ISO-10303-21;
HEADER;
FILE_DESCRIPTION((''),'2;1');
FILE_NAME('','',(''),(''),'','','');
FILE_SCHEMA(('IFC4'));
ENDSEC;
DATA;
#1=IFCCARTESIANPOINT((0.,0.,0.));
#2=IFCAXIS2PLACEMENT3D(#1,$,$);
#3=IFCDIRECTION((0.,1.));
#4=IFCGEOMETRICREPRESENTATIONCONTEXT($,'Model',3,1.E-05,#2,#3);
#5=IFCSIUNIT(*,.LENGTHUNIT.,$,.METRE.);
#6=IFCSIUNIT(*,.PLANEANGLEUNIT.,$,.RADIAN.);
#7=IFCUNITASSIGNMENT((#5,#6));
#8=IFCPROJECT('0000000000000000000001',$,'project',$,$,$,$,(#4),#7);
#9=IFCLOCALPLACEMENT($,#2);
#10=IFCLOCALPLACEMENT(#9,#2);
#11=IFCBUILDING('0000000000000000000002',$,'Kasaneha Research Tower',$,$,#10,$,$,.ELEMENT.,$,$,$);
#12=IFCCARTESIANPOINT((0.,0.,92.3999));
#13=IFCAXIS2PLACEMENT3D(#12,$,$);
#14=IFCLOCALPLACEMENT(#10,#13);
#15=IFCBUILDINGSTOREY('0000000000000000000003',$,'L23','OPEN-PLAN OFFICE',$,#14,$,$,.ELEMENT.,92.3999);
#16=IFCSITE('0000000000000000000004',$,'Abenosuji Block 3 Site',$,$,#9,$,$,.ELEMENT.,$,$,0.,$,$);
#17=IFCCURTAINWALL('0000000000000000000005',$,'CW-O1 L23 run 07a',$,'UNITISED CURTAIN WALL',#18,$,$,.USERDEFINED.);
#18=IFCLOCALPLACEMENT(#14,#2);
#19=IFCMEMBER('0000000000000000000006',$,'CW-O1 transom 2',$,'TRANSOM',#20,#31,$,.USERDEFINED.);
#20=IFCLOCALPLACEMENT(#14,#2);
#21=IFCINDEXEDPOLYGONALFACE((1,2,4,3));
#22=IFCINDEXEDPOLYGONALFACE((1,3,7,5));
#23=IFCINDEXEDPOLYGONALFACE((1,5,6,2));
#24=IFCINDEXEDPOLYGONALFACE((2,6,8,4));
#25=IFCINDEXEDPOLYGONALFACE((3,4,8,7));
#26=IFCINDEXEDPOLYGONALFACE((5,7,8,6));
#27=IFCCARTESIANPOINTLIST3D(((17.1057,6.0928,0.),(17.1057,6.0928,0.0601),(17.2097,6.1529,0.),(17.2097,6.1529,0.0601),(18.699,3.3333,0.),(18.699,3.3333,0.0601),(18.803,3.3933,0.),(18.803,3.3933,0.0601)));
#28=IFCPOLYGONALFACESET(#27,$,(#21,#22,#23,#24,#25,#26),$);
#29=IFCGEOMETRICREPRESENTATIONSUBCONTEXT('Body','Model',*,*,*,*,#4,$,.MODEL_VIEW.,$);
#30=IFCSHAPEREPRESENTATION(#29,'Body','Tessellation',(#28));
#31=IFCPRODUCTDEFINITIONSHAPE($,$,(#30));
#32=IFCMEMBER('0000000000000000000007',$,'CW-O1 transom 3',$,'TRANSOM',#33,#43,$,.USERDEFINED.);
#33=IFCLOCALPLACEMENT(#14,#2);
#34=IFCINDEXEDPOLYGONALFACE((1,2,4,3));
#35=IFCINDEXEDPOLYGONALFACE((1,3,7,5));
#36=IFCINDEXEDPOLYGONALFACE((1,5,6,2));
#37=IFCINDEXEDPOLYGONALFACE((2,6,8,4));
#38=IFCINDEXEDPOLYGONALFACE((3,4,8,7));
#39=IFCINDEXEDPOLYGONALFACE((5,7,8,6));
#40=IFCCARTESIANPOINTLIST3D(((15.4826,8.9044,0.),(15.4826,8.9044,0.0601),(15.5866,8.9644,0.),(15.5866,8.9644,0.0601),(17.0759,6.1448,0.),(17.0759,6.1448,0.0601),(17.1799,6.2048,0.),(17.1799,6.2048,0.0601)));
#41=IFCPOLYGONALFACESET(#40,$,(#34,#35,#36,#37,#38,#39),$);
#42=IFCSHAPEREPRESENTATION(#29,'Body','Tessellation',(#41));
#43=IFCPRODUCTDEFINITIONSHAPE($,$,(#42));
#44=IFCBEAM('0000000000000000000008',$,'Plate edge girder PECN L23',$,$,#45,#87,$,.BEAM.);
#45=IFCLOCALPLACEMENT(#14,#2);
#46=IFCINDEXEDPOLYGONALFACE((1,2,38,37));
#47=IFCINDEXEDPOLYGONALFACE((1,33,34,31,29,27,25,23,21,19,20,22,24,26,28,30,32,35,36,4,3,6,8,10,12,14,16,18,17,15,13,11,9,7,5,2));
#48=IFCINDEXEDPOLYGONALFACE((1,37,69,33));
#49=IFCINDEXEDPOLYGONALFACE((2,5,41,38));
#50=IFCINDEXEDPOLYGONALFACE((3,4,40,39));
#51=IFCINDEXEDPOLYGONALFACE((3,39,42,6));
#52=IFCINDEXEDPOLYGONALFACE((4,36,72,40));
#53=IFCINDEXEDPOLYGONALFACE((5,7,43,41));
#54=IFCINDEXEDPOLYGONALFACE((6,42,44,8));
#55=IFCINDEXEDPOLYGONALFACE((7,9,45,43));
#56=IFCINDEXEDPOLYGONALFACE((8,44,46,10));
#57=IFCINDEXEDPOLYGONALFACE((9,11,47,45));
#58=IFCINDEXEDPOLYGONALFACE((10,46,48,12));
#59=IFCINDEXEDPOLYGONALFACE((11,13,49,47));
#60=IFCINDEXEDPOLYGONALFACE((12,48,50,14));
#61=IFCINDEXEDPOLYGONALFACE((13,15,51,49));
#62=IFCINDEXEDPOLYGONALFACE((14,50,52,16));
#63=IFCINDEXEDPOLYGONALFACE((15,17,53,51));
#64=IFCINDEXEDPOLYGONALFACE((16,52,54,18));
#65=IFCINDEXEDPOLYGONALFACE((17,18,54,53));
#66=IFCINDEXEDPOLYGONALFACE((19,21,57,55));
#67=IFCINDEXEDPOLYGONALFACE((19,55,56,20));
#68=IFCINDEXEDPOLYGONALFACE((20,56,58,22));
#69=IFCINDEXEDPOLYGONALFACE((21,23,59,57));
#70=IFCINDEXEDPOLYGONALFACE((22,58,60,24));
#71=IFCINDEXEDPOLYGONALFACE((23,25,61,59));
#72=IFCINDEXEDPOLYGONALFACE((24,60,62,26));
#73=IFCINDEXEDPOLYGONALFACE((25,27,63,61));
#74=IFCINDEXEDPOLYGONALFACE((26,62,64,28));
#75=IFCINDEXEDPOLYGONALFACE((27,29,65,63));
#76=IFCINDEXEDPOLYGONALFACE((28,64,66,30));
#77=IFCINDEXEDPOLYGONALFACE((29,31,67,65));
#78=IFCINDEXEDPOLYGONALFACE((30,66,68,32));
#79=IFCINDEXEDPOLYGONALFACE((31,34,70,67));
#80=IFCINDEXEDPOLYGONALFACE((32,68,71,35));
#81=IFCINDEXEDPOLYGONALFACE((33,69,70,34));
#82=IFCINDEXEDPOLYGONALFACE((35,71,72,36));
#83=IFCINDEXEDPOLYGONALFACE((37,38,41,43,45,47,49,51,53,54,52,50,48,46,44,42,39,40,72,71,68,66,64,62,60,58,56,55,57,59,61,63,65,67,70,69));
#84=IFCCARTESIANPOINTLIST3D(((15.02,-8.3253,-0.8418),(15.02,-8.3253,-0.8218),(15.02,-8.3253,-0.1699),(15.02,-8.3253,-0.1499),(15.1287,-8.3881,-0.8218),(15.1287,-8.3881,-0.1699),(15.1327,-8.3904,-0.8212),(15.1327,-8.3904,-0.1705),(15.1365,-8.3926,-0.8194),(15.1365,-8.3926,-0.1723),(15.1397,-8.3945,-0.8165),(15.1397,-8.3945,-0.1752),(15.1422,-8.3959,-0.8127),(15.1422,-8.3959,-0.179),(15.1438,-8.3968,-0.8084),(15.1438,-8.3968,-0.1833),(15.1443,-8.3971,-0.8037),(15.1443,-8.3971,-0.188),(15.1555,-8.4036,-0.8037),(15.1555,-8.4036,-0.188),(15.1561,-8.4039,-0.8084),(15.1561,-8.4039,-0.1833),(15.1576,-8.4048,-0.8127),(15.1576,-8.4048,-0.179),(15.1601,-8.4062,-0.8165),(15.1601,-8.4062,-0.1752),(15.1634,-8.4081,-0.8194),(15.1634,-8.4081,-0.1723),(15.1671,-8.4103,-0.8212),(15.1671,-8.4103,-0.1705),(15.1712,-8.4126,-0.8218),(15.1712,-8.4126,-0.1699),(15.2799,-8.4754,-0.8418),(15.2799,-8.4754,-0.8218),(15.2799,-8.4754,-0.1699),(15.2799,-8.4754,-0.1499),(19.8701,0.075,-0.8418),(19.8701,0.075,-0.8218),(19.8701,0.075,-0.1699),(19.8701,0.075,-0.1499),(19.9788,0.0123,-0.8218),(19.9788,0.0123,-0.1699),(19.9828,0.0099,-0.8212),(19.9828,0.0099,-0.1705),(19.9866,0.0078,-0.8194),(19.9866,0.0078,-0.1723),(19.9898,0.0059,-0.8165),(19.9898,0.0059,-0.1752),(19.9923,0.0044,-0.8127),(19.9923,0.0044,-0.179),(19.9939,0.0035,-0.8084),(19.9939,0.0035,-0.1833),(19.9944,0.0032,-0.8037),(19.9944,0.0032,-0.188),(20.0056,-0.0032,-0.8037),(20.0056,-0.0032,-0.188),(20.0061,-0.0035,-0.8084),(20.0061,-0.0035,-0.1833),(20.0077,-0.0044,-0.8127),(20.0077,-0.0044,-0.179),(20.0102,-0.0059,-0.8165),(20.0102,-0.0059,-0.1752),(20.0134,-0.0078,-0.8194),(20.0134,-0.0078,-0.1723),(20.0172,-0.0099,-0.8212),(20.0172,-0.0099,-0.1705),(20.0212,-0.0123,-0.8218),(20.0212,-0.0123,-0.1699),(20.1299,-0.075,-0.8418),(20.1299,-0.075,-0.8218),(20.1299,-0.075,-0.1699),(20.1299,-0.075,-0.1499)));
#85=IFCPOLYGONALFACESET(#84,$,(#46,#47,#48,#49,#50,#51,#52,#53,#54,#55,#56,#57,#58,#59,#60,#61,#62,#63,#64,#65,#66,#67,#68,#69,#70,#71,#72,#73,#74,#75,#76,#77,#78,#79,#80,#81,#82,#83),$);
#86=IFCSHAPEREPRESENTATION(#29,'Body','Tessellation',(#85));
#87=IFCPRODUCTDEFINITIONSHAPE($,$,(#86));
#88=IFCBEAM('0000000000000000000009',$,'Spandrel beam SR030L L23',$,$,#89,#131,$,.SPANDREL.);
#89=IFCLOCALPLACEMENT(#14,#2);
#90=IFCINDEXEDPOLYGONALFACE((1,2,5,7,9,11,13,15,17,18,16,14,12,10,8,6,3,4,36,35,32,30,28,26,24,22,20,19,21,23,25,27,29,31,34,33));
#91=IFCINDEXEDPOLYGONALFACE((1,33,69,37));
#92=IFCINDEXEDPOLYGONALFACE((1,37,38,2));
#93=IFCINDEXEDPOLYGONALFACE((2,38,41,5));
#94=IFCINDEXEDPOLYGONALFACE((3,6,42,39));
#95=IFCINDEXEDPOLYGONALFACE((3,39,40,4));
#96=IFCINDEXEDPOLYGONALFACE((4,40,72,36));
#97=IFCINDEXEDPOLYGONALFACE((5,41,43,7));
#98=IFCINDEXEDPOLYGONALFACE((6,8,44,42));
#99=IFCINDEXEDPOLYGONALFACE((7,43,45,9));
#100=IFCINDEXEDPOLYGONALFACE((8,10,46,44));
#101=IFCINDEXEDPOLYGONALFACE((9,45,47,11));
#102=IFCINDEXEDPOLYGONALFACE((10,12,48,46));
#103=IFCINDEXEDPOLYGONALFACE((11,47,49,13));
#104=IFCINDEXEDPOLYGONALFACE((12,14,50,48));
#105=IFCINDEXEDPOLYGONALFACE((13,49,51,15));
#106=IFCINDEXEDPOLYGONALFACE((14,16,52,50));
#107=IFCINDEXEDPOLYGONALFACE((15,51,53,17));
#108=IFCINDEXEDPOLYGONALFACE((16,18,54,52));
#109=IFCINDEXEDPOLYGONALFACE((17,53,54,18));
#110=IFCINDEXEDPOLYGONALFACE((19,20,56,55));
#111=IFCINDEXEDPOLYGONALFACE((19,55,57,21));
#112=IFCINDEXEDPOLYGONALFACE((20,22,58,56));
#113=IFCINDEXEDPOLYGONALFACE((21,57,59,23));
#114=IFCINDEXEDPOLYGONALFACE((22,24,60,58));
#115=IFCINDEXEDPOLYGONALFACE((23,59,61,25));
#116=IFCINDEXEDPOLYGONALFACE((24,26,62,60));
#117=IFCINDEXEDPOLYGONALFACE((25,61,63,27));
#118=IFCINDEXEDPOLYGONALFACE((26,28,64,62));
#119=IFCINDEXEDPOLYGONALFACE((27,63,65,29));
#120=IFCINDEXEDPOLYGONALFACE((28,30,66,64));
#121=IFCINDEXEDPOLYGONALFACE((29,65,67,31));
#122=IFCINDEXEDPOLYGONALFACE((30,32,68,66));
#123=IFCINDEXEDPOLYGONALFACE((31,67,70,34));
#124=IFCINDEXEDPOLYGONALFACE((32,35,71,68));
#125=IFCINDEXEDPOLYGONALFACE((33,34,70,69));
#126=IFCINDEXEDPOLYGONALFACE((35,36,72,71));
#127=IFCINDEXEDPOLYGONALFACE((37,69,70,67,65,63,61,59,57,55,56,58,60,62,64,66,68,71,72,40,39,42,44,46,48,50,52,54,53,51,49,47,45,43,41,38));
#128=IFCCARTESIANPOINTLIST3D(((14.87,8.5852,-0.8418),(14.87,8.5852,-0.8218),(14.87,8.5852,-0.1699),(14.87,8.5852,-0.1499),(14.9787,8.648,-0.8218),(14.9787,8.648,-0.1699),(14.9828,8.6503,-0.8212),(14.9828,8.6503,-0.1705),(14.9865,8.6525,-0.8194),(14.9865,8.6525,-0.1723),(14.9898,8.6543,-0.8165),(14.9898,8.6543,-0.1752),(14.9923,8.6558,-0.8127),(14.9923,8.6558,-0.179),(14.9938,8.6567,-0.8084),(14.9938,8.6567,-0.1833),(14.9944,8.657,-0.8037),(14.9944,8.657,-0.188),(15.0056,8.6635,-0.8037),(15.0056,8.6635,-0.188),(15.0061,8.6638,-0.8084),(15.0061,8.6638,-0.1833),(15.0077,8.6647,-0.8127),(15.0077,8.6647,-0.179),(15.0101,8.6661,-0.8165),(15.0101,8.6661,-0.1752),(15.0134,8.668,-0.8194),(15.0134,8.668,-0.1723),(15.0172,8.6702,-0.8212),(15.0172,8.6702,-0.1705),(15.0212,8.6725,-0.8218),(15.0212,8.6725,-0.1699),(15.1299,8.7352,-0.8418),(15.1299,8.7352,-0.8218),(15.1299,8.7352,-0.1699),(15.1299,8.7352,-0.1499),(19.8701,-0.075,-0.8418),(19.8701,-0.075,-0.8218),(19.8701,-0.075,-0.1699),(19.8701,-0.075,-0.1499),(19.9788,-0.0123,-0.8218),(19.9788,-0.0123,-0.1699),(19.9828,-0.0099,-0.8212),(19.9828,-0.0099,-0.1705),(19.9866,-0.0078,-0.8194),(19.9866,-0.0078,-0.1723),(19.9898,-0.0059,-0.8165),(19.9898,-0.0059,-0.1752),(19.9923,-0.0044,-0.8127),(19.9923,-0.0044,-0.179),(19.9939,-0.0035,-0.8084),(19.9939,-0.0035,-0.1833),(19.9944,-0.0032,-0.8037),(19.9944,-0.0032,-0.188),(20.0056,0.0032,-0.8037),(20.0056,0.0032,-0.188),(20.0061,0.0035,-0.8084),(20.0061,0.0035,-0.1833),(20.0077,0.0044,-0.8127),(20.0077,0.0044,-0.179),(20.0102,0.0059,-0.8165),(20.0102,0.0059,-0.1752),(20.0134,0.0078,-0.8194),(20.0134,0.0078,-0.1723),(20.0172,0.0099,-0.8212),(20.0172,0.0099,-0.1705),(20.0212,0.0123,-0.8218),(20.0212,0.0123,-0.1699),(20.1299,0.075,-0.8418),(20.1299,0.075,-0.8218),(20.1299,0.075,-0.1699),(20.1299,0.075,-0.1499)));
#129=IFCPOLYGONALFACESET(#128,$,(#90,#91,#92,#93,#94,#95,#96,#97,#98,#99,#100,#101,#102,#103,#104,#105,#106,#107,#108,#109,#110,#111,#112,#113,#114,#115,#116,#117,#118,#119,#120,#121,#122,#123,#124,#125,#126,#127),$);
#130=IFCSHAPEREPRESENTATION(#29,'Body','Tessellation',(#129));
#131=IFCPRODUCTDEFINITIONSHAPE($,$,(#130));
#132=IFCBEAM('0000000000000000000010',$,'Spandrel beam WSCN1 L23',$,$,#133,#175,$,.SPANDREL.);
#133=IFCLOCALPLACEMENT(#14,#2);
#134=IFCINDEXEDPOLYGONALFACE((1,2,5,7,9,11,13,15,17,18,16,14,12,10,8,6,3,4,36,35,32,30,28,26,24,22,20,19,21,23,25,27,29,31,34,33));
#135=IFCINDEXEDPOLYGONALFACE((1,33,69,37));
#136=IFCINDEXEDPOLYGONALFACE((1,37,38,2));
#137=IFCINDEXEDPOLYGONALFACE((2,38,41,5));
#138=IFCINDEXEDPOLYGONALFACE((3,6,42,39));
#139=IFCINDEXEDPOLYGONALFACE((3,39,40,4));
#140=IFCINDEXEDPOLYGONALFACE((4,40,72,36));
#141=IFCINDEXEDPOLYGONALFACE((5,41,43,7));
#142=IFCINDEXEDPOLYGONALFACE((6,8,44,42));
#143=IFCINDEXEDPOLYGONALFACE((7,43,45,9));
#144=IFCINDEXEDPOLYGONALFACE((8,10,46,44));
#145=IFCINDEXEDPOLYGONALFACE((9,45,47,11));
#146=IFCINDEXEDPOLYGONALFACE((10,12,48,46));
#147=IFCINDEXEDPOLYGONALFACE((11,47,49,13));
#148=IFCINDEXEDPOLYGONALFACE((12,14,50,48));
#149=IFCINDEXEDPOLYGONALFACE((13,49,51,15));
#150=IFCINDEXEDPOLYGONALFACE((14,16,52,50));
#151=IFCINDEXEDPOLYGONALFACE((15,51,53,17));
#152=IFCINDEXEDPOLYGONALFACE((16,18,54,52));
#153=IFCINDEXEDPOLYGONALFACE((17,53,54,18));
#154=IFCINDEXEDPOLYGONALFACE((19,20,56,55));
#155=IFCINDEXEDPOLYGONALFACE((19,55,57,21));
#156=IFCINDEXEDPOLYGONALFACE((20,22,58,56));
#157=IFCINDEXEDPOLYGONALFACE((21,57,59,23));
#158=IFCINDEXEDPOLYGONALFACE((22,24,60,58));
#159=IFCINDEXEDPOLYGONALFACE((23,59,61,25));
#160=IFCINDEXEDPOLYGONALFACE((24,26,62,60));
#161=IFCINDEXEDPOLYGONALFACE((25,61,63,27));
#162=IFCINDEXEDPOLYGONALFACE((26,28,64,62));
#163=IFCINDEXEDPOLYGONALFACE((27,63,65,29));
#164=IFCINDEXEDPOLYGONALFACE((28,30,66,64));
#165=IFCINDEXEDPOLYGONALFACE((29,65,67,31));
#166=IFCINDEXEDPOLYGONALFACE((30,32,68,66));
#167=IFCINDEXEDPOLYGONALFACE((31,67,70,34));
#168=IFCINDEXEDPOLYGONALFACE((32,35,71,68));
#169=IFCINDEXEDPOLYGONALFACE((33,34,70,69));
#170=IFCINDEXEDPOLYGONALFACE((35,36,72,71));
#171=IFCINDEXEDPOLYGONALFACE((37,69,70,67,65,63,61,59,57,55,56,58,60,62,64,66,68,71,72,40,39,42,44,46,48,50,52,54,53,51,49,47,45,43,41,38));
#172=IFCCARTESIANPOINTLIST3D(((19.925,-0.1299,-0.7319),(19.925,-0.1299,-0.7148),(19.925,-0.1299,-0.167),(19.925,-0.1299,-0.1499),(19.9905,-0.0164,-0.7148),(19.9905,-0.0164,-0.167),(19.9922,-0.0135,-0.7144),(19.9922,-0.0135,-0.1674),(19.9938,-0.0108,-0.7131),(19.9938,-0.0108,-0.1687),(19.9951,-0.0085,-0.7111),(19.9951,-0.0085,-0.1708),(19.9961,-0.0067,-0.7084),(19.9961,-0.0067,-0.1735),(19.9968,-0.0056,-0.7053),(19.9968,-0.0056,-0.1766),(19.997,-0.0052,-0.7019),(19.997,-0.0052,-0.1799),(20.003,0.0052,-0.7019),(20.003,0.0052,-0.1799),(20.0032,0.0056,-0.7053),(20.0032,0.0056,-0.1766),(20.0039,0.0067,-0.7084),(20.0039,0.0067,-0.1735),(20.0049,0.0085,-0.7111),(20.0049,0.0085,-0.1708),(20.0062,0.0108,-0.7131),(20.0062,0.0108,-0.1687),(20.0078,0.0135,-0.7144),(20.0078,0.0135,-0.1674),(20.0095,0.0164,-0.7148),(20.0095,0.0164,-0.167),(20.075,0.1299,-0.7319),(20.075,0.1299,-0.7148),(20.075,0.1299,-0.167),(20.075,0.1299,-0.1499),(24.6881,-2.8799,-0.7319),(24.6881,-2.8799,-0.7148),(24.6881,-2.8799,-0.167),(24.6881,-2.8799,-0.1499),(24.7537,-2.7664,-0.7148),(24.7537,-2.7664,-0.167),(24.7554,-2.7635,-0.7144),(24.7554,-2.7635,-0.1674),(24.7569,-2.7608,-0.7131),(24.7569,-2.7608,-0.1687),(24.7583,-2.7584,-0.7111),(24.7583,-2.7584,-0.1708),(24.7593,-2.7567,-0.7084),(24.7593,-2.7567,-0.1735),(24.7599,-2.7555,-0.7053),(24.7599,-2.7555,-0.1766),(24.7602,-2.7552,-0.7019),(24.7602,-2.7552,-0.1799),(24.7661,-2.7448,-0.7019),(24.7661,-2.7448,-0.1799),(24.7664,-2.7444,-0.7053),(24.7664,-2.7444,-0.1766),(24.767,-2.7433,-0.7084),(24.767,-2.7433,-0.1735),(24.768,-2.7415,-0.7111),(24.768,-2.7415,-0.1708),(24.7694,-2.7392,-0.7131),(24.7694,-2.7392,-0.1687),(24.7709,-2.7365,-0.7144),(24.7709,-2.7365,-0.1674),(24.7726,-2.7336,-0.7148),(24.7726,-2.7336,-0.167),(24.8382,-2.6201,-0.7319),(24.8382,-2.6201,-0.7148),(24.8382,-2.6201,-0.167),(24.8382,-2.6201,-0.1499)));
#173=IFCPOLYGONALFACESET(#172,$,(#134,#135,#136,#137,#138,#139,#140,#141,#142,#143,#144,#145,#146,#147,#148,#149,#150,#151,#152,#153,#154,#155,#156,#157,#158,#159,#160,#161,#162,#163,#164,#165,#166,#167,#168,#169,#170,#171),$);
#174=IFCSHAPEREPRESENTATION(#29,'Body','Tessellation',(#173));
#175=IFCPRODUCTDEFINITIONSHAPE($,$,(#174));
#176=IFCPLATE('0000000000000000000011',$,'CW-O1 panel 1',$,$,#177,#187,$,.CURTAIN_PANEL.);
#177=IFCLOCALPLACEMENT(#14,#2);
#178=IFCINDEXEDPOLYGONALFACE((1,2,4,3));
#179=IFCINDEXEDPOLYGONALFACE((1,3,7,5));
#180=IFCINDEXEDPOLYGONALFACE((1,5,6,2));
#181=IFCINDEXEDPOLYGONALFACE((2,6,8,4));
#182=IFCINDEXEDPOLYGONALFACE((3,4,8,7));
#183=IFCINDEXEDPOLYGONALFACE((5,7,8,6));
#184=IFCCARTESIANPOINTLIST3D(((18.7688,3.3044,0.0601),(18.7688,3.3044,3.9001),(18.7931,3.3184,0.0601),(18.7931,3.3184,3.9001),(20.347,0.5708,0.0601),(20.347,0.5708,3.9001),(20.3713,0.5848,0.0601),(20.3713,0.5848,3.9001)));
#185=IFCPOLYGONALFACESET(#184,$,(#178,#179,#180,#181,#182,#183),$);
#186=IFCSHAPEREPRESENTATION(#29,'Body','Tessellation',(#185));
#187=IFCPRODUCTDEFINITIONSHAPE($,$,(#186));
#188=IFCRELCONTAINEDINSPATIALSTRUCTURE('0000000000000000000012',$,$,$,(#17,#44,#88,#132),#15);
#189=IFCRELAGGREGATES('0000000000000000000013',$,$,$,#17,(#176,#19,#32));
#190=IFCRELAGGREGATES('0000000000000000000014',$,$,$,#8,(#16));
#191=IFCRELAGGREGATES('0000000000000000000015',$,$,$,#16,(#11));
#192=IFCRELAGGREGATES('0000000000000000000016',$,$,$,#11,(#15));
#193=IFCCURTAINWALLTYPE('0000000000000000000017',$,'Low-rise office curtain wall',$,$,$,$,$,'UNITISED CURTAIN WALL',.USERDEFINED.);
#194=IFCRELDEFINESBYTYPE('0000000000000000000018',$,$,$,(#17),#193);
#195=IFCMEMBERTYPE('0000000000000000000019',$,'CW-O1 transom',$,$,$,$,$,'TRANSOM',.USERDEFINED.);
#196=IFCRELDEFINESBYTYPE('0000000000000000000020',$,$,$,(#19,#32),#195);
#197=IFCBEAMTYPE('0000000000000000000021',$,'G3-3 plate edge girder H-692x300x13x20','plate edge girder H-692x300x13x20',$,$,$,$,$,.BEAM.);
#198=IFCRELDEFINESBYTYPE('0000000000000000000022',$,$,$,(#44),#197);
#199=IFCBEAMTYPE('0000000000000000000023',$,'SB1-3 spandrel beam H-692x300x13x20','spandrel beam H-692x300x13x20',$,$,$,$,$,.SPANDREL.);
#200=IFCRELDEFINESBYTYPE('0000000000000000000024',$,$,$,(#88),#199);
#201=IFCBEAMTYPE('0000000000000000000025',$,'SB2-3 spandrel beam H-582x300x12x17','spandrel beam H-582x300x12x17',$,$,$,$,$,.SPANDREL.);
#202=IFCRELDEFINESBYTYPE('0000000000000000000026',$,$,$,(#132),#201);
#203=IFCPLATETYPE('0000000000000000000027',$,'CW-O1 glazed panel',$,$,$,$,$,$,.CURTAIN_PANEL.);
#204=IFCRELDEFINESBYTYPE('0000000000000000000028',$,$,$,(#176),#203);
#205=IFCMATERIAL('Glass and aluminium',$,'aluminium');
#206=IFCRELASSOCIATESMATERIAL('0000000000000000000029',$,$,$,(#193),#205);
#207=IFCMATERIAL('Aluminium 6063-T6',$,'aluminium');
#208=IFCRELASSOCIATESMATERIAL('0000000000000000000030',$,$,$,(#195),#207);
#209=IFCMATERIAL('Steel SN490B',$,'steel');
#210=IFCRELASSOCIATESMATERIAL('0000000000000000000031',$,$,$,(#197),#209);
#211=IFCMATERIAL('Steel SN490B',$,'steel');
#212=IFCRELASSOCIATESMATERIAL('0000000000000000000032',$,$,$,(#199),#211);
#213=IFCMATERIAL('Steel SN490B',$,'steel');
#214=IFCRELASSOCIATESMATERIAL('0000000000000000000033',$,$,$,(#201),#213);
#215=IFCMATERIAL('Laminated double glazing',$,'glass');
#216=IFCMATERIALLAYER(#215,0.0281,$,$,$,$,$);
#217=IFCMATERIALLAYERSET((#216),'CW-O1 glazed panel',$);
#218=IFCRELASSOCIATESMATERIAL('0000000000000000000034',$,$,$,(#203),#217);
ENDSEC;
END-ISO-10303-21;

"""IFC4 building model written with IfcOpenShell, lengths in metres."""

from ifc_helpers import new_model, si_unit, direction, frame, origin, origin_2d, place, context, subcontext, project, spatial, rectangle, i_section, extrude, material, layer, layer_set, material_profile, profile_set, type_object, element, aggregate, save


model = new_model("IFC4")

# Units and contexts
model_context = context("Model", 3, precision=1e-05, world=origin(), true_north=direction((0.0, 1.0)))
body_context = subcontext(model_context, "Body", "Model", "MODEL_VIEW")
ifc_project = project(units=[si_unit("LENGTHUNIT", "METRE"), si_unit("PLANEANGLEUNIT", "RADIAN")], contexts=[model_context])

# Site, building, storey
site_placement = place(None, origin())
site = spatial("IfcSite", under=ifc_project, at=site_placement, Name="Abenosuji Block 3 Site", CompositionType="ELEMENT", RefElevation=0.0)
building_placement = place(site_placement, origin())
building = spatial("IfcBuilding", under=site, at=building_placement, Name="Kasaneha Research Tower", CompositionType="ELEMENT")
storey_placement = place(building_placement, frame((0.0, 0.0, 92.3999)))
storey = spatial("IfcBuildingStorey", under=building, at=storey_placement, Name="L23", Description="OPEN-PLAN OFFICE", CompositionType="ELEMENT", Elevation=92.3999)

# Shared definitions
ifc_material_1 = material(Name="Glass and aluminium", Category="aluminium")
curtain_wall_type = type_object("IfcCurtainWallType", Name="Low-rise office curtain wall", ElementType="UNITISED CURTAIN WALL", PredefinedType="USERDEFINED", material=ifc_material_1)

# Curtain wall, members
curtain_wall_1_placement = place(storey_placement, origin())
curtain_wall_1 = element("IfcCurtainWall", 1, at=curtain_wall_1_placement, inside=storey, type_object=curtain_wall_type, Name="CW-O1 L23 run 07a", ObjectType="UNITISED CURTAIN WALL", PredefinedType="USERDEFINED")
ifc_material_2 = material(Name="Aluminium 6063-T6", Category="aluminium")
ifc_material_profile_1 = material_profile(ifc_material_2, rectangle(XDim=0.1201, YDim=0.0601, at=origin_2d()), Name="CW-O1 transom 120x60")
ifc_profile_set_1 = profile_set([ifc_material_profile_1], Name="Aluminium 6063-T6")
member_type_1 = type_object("IfcMemberType", Name="CW-O1 transom", ElementType="TRANSOM", PredefinedType="USERDEFINED", material=ifc_profile_set_1)
member_1_placement = place(storey_placement, frame((18.751, 3.3633, 0.03), z_axis=(-0.500012, 0.866018, 0.0), x_axis=(-0.866018, -0.500012, 0.0)))
member_1 = element("IfcMember", 2, at=member_1_placement, type_object=member_type_1, Name="CW-O1 transom 2", ObjectType="TRANSOM", PredefinedType="USERDEFINED", context=body_context, shape_type="SweptSolid", body=[
    extrude(rectangle(XDim=0.1201, YDim=0.0601, at=origin_2d()), origin(), (0.0, 0.0, 1.0), 3.1865),
])
member_2_placement = place(storey_placement, frame((17.1279, 6.1748, 0.03), z_axis=(-0.500012, 0.866018, 0.0), x_axis=(-0.866018, -0.500012, 0.0)))
member_2 = element("IfcMember", 3, at=member_2_placement, type_object=member_type_1, Name="CW-O1 transom 3", ObjectType="TRANSOM", PredefinedType="USERDEFINED", context=body_context, shape_type="SweptSolid", body=[
    extrude(rectangle(XDim=0.1201, YDim=0.0601, at=origin_2d()), origin(), (0.0, 0.0, 1.0), 3.1865),
])

# Beams
ifc_material_3 = material(Name="Steel SN490B", Category="steel")
ifc_material_profile_2 = material_profile(ifc_material_3, i_section(OverallWidth=0.3, OverallDepth=0.6919, WebThickness=0.0129, FlangeThickness=0.02, FilletRadius=0.0181, at=origin_2d()), Name="H-692x300x13x20")
ifc_profile_set_2 = profile_set([ifc_material_profile_2], Name="Steel SN490B")
beam_type_1 = type_object("IfcBeamType", Name="G3-3 plate edge girder H-692x300x13x20", Description="plate edge girder H-692x300x13x20", PredefinedType="BEAM", material=ifc_profile_set_2)
beam_1_placement = place(storey_placement, frame((20.0, 0.0, -0.4958), z_axis=(-0.50001, -0.86602, 0.0), x_axis=(0.86602, -0.50001, 0.0)))
element("IfcBeam", 4, at=beam_1_placement, inside=storey, type_object=beam_type_1, Name="Plate edge girder PECN L23", PredefinedType="BEAM", context=body_context, shape_type="SweptSolid", body=[
    extrude(i_section(OverallWidth=0.3, OverallDepth=0.6919, WebThickness=0.0129, FlangeThickness=0.02, FilletRadius=0.0181, at=origin_2d()), origin(), (0.0, 0.0, 1.0), 9.7),
])
ifc_material_4 = material(Name="Steel SN490B", Category="steel")
ifc_material_profile_3 = material_profile(ifc_material_4, i_section(OverallWidth=0.3, OverallDepth=0.6919, WebThickness=0.0129, FlangeThickness=0.02, FilletRadius=0.0181, at=origin_2d()), Name="H-692x300x13x20")
ifc_profile_set_3 = profile_set([ifc_material_profile_3], Name="Steel SN490B")
beam_type_2 = type_object("IfcBeamType", Name="SB1-3 spandrel beam H-692x300x13x20", Description="spandrel beam H-692x300x13x20", PredefinedType="SPANDREL", material=ifc_profile_set_3)
beam_2_placement = place(storey_placement, frame((20.0, 0.0, -0.4958), z_axis=(-0.500004, 0.866023, 0.0), x_axis=(-0.866023, -0.500004, 0.0)))
element("IfcBeam", 5, at=beam_2_placement, inside=storey, type_object=beam_type_2, Name="Spandrel beam SR030L L23", PredefinedType="SPANDREL", context=body_context, shape_type="SweptSolid", body=[
    extrude(i_section(OverallWidth=0.3, OverallDepth=0.6919, WebThickness=0.0129, FlangeThickness=0.02, FilletRadius=0.0181, at=origin_2d()), origin(), (0.0, 0.0, 1.0), 10.0),
])
ifc_material_5 = material(Name="Steel SN490B", Category="steel")
ifc_material_profile_4 = material_profile(ifc_material_5, i_section(OverallWidth=0.3, OverallDepth=0.582, WebThickness=0.012, FlangeThickness=0.0171, FilletRadius=0.0129, at=origin_2d()), Name="H-582x300x12x17")
ifc_profile_set_4 = profile_set([ifc_material_profile_4], Name="Steel SN490B")
beam_type_3 = type_object("IfcBeamType", Name="SB2-3 spandrel beam H-582x300x12x17", Description="spandrel beam H-582x300x12x17", PredefinedType="SPANDREL", material=ifc_profile_set_4)
beam_3_placement = place(storey_placement, frame((20.0, 0.0, -0.4409), z_axis=(0.866027, -0.499997, 0.0), x_axis=(0.499997, 0.866027, 0.0)))
element("IfcBeam", 6, at=beam_3_placement, inside=storey, type_object=beam_type_3, Name="Spandrel beam WSCN1 L23", PredefinedType="SPANDREL", context=body_context, shape_type="SweptSolid", body=[
    extrude(i_section(OverallWidth=0.3, OverallDepth=0.582, WebThickness=0.012, FlangeThickness=0.0171, FilletRadius=0.0129, at=origin_2d()), origin(), (0.0, 0.0, 1.0), 5.5),
])

# Plate
ifc_material_6 = material(Name="Laminated double glazing", Category="glass")
ifc_layer = layer(ifc_material_6, 0.0281)
ifc_layer_set = layer_set([ifc_layer], Name="CW-O1 glazed panel")
plate_type = type_object("IfcPlateType", Name="CW-O1 glazed panel", PredefinedType="CURTAIN_PANEL", material=ifc_layer_set)
plate_1_placement = place(storey_placement, frame((19.5701, 1.9446, 0.0601), z_axis=(0.0, 0.0, 1.0), x_axis=(-0.5, 0.866025, 0.0)))
plate_1 = element("IfcPlate", 7, at=plate_1_placement, type_object=plate_type, Name="CW-O1 panel 1", PredefinedType="CURTAIN_PANEL", context=body_context, shape_type="SweptSolid", body=[
    extrude(rectangle(XDim=3.1565, YDim=0.0281, at=origin_2d()), origin(), (0.0, 0.0, 1.0), 3.8401),
])
aggregate(curtain_wall_1, [plate_1, member_1, member_2])

save(model, "model.ifc")
